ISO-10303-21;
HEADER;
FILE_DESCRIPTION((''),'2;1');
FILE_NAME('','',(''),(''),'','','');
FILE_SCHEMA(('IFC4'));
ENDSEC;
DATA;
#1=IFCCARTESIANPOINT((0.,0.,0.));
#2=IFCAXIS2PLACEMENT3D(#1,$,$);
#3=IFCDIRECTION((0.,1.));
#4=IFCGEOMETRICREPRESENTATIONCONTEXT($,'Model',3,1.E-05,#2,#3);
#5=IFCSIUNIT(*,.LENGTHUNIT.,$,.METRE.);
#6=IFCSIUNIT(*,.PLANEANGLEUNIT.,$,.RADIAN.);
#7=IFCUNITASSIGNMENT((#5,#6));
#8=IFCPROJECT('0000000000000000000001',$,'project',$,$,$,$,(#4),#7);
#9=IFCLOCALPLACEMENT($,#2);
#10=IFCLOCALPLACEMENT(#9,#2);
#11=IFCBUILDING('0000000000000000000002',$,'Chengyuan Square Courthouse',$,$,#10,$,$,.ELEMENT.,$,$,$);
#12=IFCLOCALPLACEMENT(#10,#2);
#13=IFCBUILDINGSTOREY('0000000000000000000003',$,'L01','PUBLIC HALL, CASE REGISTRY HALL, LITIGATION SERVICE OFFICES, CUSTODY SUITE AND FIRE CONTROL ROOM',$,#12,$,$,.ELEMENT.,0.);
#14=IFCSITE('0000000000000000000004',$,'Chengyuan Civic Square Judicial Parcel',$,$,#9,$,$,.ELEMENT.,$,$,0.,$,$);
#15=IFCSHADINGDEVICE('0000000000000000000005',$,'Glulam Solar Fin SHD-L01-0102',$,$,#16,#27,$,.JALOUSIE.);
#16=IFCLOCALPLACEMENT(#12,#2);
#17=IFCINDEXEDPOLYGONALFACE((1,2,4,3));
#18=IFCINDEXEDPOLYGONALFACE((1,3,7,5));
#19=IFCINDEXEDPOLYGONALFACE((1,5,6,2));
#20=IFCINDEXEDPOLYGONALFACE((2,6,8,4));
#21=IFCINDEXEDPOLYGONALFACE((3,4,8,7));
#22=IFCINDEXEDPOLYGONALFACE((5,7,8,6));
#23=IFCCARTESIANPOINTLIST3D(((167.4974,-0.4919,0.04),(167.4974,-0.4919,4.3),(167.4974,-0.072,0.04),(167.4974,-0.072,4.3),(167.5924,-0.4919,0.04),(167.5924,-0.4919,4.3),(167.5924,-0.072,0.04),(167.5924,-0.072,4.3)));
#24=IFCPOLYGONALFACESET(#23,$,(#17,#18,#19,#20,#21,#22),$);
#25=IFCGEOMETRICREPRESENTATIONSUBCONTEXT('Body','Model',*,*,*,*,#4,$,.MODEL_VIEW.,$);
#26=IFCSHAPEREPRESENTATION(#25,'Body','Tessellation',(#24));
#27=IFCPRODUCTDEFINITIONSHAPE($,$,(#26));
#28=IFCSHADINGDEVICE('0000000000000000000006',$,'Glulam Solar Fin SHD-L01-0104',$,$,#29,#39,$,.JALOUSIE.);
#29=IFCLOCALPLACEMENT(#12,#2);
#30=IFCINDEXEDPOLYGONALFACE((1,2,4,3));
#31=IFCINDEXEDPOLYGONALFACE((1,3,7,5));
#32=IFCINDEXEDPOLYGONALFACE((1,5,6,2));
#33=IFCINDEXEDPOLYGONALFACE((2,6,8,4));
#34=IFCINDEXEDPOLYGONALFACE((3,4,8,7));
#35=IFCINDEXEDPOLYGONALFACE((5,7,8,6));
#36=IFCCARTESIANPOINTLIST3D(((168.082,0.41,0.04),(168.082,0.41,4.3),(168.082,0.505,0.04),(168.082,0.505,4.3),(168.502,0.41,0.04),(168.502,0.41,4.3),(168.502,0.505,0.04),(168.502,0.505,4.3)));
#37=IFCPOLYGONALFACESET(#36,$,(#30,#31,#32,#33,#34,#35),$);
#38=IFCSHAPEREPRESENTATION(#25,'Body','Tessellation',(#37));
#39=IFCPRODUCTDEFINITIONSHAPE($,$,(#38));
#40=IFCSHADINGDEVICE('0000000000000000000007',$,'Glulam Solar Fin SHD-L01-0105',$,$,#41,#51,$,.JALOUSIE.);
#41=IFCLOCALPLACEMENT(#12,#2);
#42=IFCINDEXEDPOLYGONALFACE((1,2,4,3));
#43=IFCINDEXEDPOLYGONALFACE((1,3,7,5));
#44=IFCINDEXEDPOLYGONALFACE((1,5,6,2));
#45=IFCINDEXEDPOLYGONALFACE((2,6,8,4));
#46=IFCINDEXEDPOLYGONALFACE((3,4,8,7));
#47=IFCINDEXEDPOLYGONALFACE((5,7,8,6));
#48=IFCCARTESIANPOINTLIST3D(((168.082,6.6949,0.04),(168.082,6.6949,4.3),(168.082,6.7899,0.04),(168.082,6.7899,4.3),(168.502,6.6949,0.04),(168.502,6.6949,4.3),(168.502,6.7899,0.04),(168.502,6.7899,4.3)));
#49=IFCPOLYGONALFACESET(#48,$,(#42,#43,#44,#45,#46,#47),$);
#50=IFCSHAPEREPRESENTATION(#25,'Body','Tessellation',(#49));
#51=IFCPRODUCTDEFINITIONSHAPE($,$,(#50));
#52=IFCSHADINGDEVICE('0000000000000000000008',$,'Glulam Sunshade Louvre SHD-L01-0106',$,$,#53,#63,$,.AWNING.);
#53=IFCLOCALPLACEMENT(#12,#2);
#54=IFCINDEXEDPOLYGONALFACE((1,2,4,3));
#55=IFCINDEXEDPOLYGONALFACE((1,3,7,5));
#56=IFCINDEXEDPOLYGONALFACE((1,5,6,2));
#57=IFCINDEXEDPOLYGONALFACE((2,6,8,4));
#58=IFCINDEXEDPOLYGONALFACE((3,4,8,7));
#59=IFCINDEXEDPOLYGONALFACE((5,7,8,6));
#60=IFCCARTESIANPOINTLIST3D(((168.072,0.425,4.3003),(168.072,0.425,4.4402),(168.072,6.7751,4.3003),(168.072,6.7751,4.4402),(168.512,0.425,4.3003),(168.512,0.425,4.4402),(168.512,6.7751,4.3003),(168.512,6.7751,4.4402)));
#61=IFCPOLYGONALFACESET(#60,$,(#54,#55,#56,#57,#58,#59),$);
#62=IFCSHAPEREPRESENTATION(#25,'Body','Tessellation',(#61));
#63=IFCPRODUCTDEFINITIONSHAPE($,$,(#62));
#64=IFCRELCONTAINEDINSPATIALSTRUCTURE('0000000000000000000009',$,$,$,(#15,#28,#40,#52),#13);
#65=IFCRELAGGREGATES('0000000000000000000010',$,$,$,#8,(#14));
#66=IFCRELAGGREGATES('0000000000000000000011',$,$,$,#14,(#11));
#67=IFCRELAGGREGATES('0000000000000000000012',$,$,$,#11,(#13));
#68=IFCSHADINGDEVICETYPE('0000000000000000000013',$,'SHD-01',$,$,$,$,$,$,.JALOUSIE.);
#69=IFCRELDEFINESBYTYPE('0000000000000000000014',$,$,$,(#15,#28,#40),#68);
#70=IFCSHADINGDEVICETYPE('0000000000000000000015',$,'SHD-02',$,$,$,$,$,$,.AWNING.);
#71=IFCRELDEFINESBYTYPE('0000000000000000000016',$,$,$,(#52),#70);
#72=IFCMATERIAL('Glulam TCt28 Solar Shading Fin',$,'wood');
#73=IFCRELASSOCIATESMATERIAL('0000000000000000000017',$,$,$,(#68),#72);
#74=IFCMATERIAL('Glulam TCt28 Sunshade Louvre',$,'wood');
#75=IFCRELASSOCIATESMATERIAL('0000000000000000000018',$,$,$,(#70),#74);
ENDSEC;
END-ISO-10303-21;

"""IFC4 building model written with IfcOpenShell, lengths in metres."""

from ifc_helpers import new_model, si_unit, direction, frame, origin, origin_2d, place, context, subcontext, project, spatial, rectangle, extrude, material, type_object, element, save


model = new_model("IFC4")

# Units and contexts
model_context = context("Model", 3, precision=1e-05, world=origin(), true_north=direction((0.0, 1.0)))
body_context = subcontext(model_context, "Body", "Model", "MODEL_VIEW")
ifc_project = project(units=[si_unit("LENGTHUNIT", "METRE"), si_unit("PLANEANGLEUNIT", "RADIAN")], contexts=[model_context])

# Site, building, storey
site_placement = place(None, origin())
site = spatial("IfcSite", under=ifc_project, at=site_placement, Name="Chengyuan Civic Square Judicial Parcel", CompositionType="ELEMENT", RefElevation=0.0)
building_placement = place(site_placement, origin())
building = spatial("IfcBuilding", under=site, at=building_placement, Name="Chengyuan Square Courthouse", CompositionType="ELEMENT")
storey_placement = place(building_placement, origin())
storey = spatial("IfcBuildingStorey", under=building, at=storey_placement, Name="L01", Description="PUBLIC HALL, CASE REGISTRY HALL, LITIGATION SERVICE OFFICES, CUSTODY SUITE AND FIRE CONTROL ROOM", CompositionType="ELEMENT", Elevation=0.0)

# Shading devices
ifc_material_1 = material(Name="Glulam TCt28 Solar Shading Fin", Category="wood")
shading_device_type_1 = type_object("IfcShadingDeviceType", Name="SHD-01", PredefinedType="JALOUSIE", material=ifc_material_1)
for number, where, z_axis, x_axis, name in (
    (1, (167.5449, -0.282, 0.04), (0.0, 0.0, 1.0), (0.0, 1.0, 0.0), "Glulam Solar Fin SHD-L01-0102"),
    (2, (168.292, 0.4575, 0.04), (0.0, 0.0, 1.0), (1.0, 0.0, 0.0), "Glulam Solar Fin SHD-L01-0104"),
    (3, (168.292, 6.7424, 0.04), (0.0, 0.0, 1.0), (1.0, 0.0, 0.0), "Glulam Solar Fin SHD-L01-0105"),
):
    element("IfcShadingDevice", number, at=place(storey_placement, frame(where, z_axis=z_axis, x_axis=x_axis)), inside=storey, type_object=shading_device_type_1, Name=name, PredefinedType="JALOUSIE", context=body_context, shape_type="SweptSolid", body=[
        extrude(rectangle(XDim=0.4199, YDim=0.095, at=origin_2d()), origin(), (0.0, 0.0, 1.0), 4.26),
    ])
ifc_material_2 = material(Name="Glulam TCt28 Sunshade Louvre", Category="wood")
shading_device_type_2 = type_object("IfcShadingDeviceType", Name="SHD-02", PredefinedType="AWNING", material=ifc_material_2)
shading_device_placement = place(storey_placement, frame((168.292, 3.6001, 4.3003), z_axis=(0.0, 0.0, 1.0), x_axis=(0.0, 1.0, 0.0)))
element("IfcShadingDevice", 4, at=shading_device_placement, inside=storey, type_object=shading_device_type_2, Name="Glulam Sunshade Louvre SHD-L01-0106", PredefinedType="AWNING", context=body_context, shape_type="SweptSolid", body=[
    extrude(rectangle(XDim=6.3501, YDim=0.4399, at=origin_2d()), origin(), (0.0, 0.0, 1.0), 0.1399),
])

save(model, "model.ifc")
